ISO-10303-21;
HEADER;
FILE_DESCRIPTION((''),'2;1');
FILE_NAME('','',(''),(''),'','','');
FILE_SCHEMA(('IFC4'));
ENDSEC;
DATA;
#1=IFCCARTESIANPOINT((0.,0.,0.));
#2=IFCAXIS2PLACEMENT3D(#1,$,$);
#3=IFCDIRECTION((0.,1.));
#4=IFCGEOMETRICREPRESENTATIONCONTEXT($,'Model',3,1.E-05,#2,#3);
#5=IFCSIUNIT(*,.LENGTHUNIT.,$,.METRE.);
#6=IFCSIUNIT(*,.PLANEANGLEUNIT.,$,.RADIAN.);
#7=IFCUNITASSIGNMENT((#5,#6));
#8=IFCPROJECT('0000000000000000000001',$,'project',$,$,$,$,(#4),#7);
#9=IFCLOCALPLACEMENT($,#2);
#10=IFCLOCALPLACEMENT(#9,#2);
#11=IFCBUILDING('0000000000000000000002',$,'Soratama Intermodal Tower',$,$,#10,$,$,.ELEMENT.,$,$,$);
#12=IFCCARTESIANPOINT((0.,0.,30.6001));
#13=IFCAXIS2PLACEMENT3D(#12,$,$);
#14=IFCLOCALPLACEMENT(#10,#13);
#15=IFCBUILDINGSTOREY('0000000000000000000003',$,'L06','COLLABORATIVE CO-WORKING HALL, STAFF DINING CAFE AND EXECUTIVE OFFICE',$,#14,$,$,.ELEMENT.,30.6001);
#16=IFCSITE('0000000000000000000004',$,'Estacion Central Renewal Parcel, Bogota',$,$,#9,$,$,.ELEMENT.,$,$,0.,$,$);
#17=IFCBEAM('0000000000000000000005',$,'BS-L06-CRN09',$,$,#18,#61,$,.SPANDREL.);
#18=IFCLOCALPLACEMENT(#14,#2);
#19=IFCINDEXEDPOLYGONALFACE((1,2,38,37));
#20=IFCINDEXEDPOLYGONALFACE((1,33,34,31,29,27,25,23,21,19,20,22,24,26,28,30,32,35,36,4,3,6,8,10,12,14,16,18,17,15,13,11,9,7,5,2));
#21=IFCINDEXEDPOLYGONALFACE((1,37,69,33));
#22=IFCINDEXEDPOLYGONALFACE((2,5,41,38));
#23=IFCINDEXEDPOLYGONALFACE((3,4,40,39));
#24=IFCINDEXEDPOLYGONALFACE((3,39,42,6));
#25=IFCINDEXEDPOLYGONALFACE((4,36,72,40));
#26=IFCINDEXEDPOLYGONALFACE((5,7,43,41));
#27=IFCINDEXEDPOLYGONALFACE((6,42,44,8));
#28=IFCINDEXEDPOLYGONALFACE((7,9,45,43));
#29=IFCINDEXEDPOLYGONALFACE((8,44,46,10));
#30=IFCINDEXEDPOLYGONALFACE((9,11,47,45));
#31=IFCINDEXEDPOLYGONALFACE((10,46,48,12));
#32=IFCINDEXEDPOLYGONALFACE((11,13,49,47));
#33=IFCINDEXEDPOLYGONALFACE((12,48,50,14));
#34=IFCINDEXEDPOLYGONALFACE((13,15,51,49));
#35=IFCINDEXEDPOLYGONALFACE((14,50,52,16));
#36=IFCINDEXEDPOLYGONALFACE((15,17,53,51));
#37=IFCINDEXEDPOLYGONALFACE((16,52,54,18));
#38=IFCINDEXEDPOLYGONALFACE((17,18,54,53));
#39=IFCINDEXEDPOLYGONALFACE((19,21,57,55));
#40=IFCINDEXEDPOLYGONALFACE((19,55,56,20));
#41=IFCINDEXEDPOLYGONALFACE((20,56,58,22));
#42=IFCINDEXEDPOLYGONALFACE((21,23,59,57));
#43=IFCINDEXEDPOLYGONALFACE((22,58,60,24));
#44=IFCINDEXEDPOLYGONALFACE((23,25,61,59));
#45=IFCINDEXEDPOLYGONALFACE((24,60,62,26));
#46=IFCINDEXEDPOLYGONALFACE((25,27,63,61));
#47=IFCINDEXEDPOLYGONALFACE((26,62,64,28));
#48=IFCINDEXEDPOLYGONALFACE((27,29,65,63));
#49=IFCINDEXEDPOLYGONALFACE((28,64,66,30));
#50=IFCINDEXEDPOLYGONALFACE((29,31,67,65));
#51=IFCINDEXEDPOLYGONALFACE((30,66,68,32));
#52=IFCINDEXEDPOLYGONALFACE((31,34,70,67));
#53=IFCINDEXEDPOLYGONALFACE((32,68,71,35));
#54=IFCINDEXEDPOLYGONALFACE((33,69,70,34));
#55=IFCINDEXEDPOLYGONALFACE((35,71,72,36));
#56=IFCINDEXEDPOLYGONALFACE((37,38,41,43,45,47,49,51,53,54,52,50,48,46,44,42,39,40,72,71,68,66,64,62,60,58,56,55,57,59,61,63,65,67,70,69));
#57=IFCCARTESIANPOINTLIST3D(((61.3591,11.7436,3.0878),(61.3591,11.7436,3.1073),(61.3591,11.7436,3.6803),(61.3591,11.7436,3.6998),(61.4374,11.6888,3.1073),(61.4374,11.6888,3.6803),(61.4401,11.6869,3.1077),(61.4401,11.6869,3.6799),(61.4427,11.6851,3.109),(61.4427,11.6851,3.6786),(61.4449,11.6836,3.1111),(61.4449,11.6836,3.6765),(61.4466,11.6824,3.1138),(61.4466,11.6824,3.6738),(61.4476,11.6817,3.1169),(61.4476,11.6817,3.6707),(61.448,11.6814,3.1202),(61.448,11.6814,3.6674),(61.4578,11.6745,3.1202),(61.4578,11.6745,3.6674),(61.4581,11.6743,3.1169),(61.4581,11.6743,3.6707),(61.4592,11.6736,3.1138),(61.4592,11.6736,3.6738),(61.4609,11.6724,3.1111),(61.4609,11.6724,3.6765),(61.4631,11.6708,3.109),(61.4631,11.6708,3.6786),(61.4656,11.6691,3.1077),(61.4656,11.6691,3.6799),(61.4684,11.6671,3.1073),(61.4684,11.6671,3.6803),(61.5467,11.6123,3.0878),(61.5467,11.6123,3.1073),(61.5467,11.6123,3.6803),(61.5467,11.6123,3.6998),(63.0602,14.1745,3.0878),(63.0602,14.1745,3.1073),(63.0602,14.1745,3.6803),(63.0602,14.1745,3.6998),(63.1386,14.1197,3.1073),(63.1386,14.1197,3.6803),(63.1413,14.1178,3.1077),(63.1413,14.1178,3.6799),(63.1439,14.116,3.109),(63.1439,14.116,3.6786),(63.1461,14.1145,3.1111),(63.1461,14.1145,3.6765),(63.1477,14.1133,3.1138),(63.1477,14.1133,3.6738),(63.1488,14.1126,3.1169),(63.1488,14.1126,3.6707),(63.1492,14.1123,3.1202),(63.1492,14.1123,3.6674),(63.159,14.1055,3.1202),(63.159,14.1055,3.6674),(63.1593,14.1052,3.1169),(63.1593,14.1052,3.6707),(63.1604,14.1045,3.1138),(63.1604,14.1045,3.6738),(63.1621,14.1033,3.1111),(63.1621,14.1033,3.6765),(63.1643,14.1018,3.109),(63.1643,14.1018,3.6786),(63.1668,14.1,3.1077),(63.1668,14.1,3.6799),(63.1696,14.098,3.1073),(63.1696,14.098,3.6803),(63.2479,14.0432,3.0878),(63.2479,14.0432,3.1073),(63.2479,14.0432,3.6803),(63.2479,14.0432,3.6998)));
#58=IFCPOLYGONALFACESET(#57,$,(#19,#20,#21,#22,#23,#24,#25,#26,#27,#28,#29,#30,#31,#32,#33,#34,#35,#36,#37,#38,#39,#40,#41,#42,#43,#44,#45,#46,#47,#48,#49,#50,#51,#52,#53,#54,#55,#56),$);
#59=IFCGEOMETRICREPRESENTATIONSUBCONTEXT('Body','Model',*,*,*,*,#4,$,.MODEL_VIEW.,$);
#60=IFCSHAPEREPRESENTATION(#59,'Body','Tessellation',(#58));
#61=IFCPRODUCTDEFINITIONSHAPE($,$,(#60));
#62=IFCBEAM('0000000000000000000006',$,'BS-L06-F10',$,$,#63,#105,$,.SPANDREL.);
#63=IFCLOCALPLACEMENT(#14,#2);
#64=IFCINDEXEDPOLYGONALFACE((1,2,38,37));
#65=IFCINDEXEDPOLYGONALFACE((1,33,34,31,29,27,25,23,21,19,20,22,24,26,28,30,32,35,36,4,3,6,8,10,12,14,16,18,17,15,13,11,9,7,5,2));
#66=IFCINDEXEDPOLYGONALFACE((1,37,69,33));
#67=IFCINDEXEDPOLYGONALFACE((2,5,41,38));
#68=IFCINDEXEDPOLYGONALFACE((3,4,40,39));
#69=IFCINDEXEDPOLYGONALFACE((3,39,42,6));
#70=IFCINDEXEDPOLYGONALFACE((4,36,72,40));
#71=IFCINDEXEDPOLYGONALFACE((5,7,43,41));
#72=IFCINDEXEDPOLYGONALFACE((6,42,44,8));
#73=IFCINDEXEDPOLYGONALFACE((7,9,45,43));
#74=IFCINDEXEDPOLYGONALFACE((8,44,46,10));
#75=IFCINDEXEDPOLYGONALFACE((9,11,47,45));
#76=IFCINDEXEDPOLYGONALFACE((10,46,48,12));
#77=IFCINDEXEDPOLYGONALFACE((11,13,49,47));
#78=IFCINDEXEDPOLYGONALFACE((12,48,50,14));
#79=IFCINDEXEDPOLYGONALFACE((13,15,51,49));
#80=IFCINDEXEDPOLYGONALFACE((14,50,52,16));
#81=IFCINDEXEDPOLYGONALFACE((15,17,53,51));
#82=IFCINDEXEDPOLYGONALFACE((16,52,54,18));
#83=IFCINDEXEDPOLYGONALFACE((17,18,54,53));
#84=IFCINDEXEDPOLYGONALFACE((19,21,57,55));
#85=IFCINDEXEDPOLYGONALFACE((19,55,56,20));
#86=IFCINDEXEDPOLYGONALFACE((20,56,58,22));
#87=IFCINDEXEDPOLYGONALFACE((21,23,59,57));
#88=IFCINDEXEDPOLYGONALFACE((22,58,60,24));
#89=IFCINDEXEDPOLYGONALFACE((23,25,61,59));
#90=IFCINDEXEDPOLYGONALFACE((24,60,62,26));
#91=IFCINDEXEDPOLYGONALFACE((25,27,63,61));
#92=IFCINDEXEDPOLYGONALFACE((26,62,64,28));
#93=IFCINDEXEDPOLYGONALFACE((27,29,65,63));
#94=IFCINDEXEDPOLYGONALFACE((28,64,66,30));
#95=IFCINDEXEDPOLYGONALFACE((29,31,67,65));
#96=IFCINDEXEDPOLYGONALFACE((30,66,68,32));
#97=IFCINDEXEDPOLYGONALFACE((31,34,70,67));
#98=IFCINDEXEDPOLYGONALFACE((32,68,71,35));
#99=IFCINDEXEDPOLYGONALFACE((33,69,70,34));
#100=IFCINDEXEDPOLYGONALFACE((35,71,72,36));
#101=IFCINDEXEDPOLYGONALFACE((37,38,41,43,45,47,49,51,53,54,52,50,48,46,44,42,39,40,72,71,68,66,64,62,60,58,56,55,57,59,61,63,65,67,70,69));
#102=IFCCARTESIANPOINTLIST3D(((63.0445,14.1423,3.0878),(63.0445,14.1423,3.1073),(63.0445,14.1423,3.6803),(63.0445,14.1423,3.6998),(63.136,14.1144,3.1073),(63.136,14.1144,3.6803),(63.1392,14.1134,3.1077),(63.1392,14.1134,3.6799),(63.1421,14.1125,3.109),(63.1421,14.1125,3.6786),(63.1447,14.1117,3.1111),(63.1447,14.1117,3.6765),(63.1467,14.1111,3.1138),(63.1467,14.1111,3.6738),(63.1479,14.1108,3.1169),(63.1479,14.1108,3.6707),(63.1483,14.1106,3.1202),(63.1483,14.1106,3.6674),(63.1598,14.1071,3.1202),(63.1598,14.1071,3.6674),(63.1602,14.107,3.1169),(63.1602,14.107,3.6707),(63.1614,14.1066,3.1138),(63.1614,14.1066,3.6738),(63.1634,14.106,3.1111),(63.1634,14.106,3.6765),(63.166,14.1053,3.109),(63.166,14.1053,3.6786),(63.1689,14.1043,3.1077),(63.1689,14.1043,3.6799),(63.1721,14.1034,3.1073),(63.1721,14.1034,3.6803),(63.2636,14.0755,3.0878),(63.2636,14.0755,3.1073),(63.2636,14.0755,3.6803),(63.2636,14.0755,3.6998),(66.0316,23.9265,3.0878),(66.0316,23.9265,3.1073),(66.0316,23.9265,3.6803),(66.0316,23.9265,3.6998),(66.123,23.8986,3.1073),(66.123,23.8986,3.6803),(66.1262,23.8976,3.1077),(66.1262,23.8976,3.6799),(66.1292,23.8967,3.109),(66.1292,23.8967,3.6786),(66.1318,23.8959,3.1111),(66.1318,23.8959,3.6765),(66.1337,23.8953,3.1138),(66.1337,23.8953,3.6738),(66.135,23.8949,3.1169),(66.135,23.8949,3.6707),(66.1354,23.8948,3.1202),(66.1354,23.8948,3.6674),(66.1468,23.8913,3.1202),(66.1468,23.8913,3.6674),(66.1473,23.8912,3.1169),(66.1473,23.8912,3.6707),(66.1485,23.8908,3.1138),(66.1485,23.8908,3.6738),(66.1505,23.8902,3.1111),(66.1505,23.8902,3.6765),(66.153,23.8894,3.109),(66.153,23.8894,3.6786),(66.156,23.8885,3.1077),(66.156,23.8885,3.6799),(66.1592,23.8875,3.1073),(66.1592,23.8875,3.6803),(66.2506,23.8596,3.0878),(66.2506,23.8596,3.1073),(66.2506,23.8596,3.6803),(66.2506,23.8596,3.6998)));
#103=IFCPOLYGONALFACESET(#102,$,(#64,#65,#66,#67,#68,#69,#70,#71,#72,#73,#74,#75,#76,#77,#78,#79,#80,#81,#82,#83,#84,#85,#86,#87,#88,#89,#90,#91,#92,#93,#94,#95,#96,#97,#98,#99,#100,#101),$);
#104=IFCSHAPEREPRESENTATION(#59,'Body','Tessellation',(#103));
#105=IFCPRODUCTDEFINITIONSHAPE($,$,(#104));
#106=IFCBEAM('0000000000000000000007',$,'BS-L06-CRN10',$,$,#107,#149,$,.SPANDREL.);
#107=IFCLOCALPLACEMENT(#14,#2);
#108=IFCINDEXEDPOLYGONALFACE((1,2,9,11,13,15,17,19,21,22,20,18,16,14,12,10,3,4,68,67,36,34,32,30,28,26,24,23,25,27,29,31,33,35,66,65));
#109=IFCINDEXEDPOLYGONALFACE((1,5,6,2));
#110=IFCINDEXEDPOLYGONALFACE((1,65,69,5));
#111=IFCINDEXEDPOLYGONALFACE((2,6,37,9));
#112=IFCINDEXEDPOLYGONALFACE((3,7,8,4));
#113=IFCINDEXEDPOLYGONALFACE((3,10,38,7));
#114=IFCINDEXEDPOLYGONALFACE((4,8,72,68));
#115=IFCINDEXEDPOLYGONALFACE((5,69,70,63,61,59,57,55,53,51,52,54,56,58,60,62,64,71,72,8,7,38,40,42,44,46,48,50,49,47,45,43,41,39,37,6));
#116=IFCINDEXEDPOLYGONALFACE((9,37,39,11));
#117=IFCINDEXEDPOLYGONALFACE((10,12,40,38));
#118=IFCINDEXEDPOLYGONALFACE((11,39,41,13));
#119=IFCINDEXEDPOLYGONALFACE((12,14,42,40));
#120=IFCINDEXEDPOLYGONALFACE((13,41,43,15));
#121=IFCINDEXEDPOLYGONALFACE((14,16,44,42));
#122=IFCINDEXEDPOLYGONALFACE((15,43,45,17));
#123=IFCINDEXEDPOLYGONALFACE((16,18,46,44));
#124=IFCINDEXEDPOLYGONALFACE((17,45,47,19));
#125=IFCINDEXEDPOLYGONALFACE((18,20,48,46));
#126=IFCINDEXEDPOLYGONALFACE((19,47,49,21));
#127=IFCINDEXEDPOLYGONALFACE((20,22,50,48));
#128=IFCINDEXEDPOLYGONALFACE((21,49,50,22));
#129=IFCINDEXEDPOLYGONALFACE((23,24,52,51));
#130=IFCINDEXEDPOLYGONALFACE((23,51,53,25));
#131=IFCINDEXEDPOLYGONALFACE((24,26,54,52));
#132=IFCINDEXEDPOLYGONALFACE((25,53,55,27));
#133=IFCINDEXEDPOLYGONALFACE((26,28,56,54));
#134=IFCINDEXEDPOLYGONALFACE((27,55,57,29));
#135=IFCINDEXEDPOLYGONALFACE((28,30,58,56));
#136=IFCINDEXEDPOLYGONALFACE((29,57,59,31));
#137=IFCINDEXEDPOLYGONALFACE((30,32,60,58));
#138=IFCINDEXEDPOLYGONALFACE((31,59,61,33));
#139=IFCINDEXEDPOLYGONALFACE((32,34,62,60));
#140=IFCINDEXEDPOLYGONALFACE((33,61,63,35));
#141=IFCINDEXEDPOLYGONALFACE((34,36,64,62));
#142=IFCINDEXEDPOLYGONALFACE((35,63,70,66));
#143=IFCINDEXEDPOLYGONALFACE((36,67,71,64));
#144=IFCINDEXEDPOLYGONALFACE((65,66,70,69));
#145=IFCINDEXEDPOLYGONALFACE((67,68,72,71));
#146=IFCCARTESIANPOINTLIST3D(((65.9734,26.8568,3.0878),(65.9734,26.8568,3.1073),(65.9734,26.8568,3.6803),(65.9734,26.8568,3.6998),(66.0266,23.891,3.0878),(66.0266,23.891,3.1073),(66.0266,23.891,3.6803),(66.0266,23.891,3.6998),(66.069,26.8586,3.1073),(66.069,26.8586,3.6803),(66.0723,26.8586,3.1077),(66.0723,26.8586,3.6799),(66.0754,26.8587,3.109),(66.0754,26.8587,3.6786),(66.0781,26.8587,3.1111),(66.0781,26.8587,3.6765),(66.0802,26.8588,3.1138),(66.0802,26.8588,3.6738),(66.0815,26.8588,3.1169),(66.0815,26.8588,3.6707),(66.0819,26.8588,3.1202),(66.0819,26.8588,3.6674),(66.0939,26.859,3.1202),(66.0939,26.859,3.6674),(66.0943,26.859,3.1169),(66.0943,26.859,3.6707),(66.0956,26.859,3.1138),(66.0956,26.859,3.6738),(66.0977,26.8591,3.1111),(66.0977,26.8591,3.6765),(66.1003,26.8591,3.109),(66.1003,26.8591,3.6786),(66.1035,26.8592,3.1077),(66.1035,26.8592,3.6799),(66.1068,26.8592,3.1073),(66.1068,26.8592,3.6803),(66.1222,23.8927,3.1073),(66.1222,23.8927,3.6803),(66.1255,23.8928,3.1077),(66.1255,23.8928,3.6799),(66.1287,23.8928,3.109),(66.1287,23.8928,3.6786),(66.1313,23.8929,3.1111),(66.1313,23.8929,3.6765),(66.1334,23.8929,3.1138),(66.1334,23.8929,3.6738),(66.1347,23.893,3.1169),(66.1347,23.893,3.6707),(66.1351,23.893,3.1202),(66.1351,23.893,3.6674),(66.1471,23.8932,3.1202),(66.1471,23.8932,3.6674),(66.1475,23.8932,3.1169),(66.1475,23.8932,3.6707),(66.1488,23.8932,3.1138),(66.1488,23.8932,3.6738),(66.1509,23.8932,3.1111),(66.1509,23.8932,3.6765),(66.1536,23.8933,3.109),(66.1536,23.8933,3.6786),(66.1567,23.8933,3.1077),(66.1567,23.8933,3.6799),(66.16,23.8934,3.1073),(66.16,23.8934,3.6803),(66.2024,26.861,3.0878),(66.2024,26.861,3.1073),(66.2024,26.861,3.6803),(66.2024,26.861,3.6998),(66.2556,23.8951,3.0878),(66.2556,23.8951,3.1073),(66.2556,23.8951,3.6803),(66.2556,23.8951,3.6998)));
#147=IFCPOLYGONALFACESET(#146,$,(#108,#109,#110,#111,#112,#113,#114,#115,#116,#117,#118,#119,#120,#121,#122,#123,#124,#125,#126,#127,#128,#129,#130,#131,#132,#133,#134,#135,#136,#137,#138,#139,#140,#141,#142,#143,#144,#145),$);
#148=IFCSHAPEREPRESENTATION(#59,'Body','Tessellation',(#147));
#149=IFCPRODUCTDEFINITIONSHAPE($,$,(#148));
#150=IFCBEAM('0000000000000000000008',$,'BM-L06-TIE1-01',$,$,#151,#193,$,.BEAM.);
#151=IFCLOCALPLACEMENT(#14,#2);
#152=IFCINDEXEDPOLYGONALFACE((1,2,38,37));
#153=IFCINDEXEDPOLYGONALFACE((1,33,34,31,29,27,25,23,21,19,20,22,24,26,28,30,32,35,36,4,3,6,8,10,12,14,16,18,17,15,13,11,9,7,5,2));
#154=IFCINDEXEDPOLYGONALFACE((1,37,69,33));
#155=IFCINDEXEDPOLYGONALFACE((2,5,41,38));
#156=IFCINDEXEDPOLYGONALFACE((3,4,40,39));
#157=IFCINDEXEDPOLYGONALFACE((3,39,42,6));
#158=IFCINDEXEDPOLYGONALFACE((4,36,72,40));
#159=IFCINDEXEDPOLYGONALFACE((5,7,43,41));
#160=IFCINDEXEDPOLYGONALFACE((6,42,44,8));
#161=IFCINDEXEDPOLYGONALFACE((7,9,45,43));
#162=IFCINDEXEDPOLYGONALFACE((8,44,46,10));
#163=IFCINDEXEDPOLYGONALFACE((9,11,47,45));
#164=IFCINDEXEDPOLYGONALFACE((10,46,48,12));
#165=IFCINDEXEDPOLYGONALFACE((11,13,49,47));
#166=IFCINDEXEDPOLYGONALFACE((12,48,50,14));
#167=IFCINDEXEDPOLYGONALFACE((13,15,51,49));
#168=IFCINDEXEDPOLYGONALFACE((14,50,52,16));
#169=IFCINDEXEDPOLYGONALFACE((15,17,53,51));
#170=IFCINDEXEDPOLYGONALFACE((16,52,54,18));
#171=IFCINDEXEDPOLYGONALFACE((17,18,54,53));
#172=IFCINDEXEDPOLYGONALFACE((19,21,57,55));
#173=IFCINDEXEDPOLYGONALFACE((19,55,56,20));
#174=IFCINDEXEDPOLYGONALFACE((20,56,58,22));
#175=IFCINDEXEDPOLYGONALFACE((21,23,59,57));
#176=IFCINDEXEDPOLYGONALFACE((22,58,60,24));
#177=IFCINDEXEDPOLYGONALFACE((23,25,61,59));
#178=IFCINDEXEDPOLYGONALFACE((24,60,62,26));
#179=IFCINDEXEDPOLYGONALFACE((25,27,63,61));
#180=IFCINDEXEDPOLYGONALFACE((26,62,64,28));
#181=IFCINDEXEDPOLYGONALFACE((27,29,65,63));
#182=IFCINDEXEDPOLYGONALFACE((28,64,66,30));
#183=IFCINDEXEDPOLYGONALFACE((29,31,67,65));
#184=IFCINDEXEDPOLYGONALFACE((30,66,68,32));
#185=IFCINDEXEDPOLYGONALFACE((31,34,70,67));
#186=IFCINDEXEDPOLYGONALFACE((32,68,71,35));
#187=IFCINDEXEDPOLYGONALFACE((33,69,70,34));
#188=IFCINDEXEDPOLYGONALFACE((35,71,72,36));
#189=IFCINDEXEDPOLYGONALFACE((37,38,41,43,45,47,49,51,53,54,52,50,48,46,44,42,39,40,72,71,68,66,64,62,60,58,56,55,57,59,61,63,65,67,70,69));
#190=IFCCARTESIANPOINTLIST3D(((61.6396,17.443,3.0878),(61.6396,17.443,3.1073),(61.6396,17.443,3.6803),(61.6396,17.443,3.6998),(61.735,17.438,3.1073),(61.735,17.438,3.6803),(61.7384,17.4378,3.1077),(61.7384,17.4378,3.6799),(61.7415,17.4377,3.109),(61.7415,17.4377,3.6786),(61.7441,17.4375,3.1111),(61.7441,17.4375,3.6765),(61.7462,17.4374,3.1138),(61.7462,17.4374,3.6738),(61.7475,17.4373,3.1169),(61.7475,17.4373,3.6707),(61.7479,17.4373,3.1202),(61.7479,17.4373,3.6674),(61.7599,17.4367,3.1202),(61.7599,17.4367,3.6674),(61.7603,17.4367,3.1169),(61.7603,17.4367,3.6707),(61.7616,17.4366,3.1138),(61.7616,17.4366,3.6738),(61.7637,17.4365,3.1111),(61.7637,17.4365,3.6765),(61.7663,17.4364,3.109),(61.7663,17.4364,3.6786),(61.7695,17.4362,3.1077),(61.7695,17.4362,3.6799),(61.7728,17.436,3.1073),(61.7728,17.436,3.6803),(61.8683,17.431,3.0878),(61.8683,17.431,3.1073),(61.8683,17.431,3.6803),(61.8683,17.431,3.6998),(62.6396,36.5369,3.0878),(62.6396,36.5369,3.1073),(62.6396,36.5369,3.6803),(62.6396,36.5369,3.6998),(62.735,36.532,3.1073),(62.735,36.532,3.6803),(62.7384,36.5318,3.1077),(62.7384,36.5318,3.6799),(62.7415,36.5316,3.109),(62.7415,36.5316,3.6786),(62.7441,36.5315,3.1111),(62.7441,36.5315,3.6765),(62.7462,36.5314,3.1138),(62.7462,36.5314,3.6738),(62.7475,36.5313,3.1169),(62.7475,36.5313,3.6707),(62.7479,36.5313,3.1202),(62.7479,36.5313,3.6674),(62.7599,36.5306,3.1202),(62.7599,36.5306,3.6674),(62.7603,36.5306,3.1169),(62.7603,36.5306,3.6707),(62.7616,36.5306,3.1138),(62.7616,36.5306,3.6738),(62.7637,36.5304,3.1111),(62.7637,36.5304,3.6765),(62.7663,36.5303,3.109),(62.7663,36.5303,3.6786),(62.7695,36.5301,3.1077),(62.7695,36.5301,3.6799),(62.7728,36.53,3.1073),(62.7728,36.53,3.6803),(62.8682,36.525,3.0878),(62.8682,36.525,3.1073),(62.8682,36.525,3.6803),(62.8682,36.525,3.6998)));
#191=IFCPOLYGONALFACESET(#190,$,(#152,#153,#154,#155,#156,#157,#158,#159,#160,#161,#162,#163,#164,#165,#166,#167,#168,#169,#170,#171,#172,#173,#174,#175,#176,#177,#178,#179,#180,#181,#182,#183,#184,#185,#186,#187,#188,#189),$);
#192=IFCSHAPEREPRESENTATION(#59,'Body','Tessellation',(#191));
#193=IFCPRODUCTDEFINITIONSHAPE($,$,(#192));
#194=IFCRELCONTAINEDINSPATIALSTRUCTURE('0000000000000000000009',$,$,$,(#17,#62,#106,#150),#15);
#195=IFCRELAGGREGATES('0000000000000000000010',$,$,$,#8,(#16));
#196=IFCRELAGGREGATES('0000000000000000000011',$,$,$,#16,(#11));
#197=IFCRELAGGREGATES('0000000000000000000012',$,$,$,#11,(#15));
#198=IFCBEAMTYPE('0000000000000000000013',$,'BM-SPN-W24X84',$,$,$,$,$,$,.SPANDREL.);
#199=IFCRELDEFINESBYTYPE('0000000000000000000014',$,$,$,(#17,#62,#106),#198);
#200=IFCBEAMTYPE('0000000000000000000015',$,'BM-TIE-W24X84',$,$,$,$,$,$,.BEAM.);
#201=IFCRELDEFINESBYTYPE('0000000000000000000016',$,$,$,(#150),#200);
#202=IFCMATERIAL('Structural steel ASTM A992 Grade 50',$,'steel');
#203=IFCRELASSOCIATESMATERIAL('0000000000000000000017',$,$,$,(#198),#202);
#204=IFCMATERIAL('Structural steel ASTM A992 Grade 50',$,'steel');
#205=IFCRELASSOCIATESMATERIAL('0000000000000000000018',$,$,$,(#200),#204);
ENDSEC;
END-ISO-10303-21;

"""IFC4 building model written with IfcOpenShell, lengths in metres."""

from ifc_helpers import new_model, si_unit, direction, frame, origin, origin_2d, place, context, subcontext, project, spatial, i_section, extrude, material, material_profile, profile_set, type_object, element, save


model = new_model("IFC4")

# Units and contexts
model_context = context("Model", 3, precision=1e-05, world=origin(), true_north=direction((0.0, 1.0)))
body_context = subcontext(model_context, "Body", "Model", "MODEL_VIEW")
ifc_project = project(units=[si_unit("LENGTHUNIT", "METRE"), si_unit("PLANEANGLEUNIT", "RADIAN")], contexts=[model_context])

# Site, building, storey
site_placement = place(None, origin())
site = spatial("IfcSite", under=ifc_project, at=site_placement, Name="Estacion Central Renewal Parcel, Bogota", CompositionType="ELEMENT", RefElevation=0.0)
building_placement = place(site_placement, origin())
building = spatial("IfcBuilding", under=site, at=building_placement, Name="Soratama Intermodal Tower", CompositionType="ELEMENT")
storey_placement = place(building_placement, frame((0.0, 0.0, 30.6001)))
storey = spatial("IfcBuildingStorey", under=building, at=storey_placement, Name="L06", Description="COLLABORATIVE CO-WORKING HALL, STAFF DINING CAFE AND EXECUTIVE OFFICE", CompositionType="ELEMENT", Elevation=30.6001)

# Beams
ifc_material_1 = material(Name="Structural steel ASTM A992 Grade 50", Category="steel")
ifc_material_profile_1 = material_profile(ifc_material_1, i_section(OverallWidth=0.229, OverallDepth=0.6121, WebThickness=0.012, FlangeThickness=0.0195, FilletRadius=0.0129, at=origin_2d()), Name="W24X84")
ifc_profile_set_1 = profile_set([ifc_material_profile_1], Name="Structural steel ASTM A992 Grade 50")
beam_type_1 = type_object("IfcBeamType", Name="BM-SPN-W24X84", PredefinedType="SPANDREL", material=ifc_profile_set_1)
beam_1_placement = place(storey_placement, frame((61.4529, 11.678, 3.3938), z_axis=(0.573357, 0.819305, 0.0), x_axis=(-0.819305, 0.573357, 0.0)))
element("IfcBeam", 1, at=beam_1_placement, inside=storey, type_object=beam_type_1, Name="BS-L06-CRN09", PredefinedType="SPANDREL", context=body_context, shape_type="SweptSolid", body=[
    extrude(i_section(OverallWidth=0.229, OverallDepth=0.6121, WebThickness=0.012, FlangeThickness=0.0195, FilletRadius=0.0129, at=origin_2d()), origin(), (0.0, 0.0, 1.0), 2.967),
])
beam_2_placement = place(storey_placement, frame((63.1541, 14.1089, 3.3938), z_axis=(0.291991, 0.956421, 0.0), x_axis=(-0.956421, 0.291991, 0.0)))
element("IfcBeam", 2, at=beam_2_placement, inside=storey, type_object=beam_type_1, Name="BS-L06-F10", PredefinedType="SPANDREL", context=body_context, shape_type="SweptSolid", body=[
    extrude(i_section(OverallWidth=0.229, OverallDepth=0.6121, WebThickness=0.012, FlangeThickness=0.0195, FilletRadius=0.0129, at=origin_2d()), origin(), (0.0, 0.0, 1.0), 10.23),
])
beam_3_placement = place(storey_placement, frame((66.1411, 23.8931, 3.3938), z_axis=(-0.017942, 0.999839, 0.0), x_axis=(-0.999839, -0.017942, 0.0)))
element("IfcBeam", 3, at=beam_3_placement, inside=storey, type_object=beam_type_1, Name="BS-L06-CRN10", PredefinedType="SPANDREL", context=body_context, shape_type="SweptSolid", body=[
    extrude(i_section(OverallWidth=0.229, OverallDepth=0.6121, WebThickness=0.012, FlangeThickness=0.0195, FilletRadius=0.0129, at=origin_2d()), origin(), (0.0, 0.0, 1.0), 2.9663),
])
ifc_material_2 = material(Name="Structural steel ASTM A992 Grade 50", Category="steel")
ifc_material_profile_2 = material_profile(ifc_material_2, i_section(OverallWidth=0.229, OverallDepth=0.6121, WebThickness=0.012, FlangeThickness=0.0195, FilletRadius=0.0129, at=origin_2d()), Name="W24X84")
ifc_profile_set_2 = profile_set([ifc_material_profile_2], Name="Structural steel ASTM A992 Grade 50")
beam_type_2 = type_object("IfcBeamType", Name="BM-TIE-W24X84", PredefinedType="BEAM", material=ifc_profile_set_2)
beam_4_placement = place(storey_placement, frame((61.7539, 17.437, 3.3938), z_axis=(0.052301, 0.998631, 0.0), x_axis=(-0.998631, 0.052301, 0.0)))
element("IfcBeam", 4, at=beam_4_placement, inside=storey, type_object=beam_type_2, Name="BM-L06-TIE1-01", PredefinedType="BEAM", context=body_context, shape_type="SweptSolid", body=[
    extrude(i_section(OverallWidth=0.229, OverallDepth=0.6121, WebThickness=0.012, FlangeThickness=0.0195, FilletRadius=0.0129, at=origin_2d()), origin(), (0.0, 0.0, 1.0), 19.1201),
])

save(model, "model.ifc")
